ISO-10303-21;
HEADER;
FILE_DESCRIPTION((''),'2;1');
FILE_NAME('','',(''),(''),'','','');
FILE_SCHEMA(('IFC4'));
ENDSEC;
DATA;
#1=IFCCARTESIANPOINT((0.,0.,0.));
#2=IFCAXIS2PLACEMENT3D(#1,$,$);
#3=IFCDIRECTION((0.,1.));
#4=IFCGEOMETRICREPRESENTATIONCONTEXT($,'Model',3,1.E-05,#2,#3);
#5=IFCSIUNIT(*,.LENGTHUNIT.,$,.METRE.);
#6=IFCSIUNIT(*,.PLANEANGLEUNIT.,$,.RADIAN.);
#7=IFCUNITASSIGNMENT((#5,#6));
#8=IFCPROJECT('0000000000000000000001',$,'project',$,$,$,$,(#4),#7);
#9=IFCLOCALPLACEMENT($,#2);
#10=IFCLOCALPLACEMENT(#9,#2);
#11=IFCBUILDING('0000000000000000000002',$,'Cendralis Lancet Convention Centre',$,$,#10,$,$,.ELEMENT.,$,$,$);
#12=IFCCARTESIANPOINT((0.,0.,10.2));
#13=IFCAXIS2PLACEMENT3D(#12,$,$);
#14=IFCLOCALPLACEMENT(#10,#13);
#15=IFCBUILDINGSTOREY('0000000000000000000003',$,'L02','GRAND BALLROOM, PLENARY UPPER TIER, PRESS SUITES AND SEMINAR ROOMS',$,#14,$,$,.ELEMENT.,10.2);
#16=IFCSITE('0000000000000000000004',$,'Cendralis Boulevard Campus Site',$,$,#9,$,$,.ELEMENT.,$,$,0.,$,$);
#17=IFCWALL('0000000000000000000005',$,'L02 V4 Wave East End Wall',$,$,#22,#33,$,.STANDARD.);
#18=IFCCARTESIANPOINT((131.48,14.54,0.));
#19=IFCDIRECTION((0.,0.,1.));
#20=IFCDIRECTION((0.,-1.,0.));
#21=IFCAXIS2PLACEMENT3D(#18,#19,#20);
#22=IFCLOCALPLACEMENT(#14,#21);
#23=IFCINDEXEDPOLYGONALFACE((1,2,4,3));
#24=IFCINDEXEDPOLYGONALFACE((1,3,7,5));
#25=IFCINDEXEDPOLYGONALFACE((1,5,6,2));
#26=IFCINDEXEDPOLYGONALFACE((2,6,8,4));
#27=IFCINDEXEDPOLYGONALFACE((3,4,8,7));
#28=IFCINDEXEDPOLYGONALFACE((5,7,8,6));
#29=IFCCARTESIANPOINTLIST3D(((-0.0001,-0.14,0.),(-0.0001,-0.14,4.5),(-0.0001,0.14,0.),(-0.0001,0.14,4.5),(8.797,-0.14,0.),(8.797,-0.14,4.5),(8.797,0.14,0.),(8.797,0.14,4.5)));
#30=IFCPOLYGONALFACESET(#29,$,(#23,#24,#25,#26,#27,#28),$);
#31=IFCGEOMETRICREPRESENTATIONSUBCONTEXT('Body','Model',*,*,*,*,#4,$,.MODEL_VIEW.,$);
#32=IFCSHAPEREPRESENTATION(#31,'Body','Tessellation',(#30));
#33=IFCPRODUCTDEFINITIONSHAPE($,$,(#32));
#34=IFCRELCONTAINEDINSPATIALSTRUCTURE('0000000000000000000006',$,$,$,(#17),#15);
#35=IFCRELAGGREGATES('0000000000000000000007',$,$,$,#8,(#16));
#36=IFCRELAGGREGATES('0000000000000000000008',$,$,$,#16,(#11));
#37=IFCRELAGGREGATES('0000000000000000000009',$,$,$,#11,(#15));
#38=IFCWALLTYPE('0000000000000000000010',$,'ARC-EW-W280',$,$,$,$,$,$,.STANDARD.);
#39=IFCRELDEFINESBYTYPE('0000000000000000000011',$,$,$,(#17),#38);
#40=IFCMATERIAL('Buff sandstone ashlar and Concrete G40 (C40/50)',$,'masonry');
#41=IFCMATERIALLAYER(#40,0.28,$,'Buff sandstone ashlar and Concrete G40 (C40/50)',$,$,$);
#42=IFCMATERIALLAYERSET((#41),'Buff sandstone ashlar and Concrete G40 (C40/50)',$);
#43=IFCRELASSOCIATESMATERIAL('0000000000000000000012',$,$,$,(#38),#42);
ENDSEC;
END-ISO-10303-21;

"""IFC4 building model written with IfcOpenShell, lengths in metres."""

from ifc_helpers import new_model, si_unit, direction, frame, frame_2d, origin, place, context, subcontext, project, spatial, rectangle, extrude, material, layer, layer_set, type_object, element, save


model = new_model("IFC4")

# Units and contexts
model_context = context("Model", 3, precision=1e-05, world=origin(), true_north=direction((0.0, 1.0)))
body_context = subcontext(model_context, "Body", "Model", "MODEL_VIEW")
ifc_project = project(units=[si_unit("LENGTHUNIT", "METRE"), si_unit("PLANEANGLEUNIT", "RADIAN")], contexts=[model_context])

# Site, building, storey
site_placement = place(None, origin())
site = spatial("IfcSite", under=ifc_project, at=site_placement, Name="Cendralis Boulevard Campus Site", CompositionType="ELEMENT", RefElevation=0.0)
building_placement = place(site_placement, origin())
building = spatial("IfcBuilding", under=site, at=building_placement, Name="Cendralis Lancet Convention Centre", CompositionType="ELEMENT")
storey_placement = place(building_placement, frame((0.0, 0.0, 10.2)))
storey = spatial("IfcBuildingStorey", under=building, at=storey_placement, Name="L02", Description="GRAND BALLROOM, PLENARY UPPER TIER, PRESS SUITES AND SEMINAR ROOMS", CompositionType="ELEMENT", Elevation=10.2)

# Wall
ifc_material_1 = material(Name="Buff sandstone ashlar and Concrete G40 (C40/50)", Category="masonry")
ifc_layer_1 = layer(ifc_material_1, 0.28, Name="Buff sandstone ashlar and Concrete G40 (C40/50)")
ifc_layer_set_1 = layer_set([ifc_layer_1], Name="Buff sandstone ashlar and Concrete G40 (C40/50)")
wall_type_1 = type_object("IfcWallType", Name="ARC-EW-W280", PredefinedType="STANDARD", material=ifc_layer_set_1)
wall_1_placement = place(storey_placement, frame((131.48, 14.54, 0.0), z_axis=(0.0, 0.0, 1.0), x_axis=(0.0, -1.0, 0.0)))
element("IfcWall", 1, at=wall_1_placement, inside=storey, type_object=wall_type_1, Name="L02 V4 Wave East End Wall", PredefinedType="STANDARD", context=body_context, shape_type="SweptSolid", body=[
    extrude(rectangle(XDim=8.7971, YDim=0.28, at=frame_2d((4.3984, 0.0))), origin(), (0.0, 0.0, 1.0), 4.5),
])

save(model, "model.ifc")
